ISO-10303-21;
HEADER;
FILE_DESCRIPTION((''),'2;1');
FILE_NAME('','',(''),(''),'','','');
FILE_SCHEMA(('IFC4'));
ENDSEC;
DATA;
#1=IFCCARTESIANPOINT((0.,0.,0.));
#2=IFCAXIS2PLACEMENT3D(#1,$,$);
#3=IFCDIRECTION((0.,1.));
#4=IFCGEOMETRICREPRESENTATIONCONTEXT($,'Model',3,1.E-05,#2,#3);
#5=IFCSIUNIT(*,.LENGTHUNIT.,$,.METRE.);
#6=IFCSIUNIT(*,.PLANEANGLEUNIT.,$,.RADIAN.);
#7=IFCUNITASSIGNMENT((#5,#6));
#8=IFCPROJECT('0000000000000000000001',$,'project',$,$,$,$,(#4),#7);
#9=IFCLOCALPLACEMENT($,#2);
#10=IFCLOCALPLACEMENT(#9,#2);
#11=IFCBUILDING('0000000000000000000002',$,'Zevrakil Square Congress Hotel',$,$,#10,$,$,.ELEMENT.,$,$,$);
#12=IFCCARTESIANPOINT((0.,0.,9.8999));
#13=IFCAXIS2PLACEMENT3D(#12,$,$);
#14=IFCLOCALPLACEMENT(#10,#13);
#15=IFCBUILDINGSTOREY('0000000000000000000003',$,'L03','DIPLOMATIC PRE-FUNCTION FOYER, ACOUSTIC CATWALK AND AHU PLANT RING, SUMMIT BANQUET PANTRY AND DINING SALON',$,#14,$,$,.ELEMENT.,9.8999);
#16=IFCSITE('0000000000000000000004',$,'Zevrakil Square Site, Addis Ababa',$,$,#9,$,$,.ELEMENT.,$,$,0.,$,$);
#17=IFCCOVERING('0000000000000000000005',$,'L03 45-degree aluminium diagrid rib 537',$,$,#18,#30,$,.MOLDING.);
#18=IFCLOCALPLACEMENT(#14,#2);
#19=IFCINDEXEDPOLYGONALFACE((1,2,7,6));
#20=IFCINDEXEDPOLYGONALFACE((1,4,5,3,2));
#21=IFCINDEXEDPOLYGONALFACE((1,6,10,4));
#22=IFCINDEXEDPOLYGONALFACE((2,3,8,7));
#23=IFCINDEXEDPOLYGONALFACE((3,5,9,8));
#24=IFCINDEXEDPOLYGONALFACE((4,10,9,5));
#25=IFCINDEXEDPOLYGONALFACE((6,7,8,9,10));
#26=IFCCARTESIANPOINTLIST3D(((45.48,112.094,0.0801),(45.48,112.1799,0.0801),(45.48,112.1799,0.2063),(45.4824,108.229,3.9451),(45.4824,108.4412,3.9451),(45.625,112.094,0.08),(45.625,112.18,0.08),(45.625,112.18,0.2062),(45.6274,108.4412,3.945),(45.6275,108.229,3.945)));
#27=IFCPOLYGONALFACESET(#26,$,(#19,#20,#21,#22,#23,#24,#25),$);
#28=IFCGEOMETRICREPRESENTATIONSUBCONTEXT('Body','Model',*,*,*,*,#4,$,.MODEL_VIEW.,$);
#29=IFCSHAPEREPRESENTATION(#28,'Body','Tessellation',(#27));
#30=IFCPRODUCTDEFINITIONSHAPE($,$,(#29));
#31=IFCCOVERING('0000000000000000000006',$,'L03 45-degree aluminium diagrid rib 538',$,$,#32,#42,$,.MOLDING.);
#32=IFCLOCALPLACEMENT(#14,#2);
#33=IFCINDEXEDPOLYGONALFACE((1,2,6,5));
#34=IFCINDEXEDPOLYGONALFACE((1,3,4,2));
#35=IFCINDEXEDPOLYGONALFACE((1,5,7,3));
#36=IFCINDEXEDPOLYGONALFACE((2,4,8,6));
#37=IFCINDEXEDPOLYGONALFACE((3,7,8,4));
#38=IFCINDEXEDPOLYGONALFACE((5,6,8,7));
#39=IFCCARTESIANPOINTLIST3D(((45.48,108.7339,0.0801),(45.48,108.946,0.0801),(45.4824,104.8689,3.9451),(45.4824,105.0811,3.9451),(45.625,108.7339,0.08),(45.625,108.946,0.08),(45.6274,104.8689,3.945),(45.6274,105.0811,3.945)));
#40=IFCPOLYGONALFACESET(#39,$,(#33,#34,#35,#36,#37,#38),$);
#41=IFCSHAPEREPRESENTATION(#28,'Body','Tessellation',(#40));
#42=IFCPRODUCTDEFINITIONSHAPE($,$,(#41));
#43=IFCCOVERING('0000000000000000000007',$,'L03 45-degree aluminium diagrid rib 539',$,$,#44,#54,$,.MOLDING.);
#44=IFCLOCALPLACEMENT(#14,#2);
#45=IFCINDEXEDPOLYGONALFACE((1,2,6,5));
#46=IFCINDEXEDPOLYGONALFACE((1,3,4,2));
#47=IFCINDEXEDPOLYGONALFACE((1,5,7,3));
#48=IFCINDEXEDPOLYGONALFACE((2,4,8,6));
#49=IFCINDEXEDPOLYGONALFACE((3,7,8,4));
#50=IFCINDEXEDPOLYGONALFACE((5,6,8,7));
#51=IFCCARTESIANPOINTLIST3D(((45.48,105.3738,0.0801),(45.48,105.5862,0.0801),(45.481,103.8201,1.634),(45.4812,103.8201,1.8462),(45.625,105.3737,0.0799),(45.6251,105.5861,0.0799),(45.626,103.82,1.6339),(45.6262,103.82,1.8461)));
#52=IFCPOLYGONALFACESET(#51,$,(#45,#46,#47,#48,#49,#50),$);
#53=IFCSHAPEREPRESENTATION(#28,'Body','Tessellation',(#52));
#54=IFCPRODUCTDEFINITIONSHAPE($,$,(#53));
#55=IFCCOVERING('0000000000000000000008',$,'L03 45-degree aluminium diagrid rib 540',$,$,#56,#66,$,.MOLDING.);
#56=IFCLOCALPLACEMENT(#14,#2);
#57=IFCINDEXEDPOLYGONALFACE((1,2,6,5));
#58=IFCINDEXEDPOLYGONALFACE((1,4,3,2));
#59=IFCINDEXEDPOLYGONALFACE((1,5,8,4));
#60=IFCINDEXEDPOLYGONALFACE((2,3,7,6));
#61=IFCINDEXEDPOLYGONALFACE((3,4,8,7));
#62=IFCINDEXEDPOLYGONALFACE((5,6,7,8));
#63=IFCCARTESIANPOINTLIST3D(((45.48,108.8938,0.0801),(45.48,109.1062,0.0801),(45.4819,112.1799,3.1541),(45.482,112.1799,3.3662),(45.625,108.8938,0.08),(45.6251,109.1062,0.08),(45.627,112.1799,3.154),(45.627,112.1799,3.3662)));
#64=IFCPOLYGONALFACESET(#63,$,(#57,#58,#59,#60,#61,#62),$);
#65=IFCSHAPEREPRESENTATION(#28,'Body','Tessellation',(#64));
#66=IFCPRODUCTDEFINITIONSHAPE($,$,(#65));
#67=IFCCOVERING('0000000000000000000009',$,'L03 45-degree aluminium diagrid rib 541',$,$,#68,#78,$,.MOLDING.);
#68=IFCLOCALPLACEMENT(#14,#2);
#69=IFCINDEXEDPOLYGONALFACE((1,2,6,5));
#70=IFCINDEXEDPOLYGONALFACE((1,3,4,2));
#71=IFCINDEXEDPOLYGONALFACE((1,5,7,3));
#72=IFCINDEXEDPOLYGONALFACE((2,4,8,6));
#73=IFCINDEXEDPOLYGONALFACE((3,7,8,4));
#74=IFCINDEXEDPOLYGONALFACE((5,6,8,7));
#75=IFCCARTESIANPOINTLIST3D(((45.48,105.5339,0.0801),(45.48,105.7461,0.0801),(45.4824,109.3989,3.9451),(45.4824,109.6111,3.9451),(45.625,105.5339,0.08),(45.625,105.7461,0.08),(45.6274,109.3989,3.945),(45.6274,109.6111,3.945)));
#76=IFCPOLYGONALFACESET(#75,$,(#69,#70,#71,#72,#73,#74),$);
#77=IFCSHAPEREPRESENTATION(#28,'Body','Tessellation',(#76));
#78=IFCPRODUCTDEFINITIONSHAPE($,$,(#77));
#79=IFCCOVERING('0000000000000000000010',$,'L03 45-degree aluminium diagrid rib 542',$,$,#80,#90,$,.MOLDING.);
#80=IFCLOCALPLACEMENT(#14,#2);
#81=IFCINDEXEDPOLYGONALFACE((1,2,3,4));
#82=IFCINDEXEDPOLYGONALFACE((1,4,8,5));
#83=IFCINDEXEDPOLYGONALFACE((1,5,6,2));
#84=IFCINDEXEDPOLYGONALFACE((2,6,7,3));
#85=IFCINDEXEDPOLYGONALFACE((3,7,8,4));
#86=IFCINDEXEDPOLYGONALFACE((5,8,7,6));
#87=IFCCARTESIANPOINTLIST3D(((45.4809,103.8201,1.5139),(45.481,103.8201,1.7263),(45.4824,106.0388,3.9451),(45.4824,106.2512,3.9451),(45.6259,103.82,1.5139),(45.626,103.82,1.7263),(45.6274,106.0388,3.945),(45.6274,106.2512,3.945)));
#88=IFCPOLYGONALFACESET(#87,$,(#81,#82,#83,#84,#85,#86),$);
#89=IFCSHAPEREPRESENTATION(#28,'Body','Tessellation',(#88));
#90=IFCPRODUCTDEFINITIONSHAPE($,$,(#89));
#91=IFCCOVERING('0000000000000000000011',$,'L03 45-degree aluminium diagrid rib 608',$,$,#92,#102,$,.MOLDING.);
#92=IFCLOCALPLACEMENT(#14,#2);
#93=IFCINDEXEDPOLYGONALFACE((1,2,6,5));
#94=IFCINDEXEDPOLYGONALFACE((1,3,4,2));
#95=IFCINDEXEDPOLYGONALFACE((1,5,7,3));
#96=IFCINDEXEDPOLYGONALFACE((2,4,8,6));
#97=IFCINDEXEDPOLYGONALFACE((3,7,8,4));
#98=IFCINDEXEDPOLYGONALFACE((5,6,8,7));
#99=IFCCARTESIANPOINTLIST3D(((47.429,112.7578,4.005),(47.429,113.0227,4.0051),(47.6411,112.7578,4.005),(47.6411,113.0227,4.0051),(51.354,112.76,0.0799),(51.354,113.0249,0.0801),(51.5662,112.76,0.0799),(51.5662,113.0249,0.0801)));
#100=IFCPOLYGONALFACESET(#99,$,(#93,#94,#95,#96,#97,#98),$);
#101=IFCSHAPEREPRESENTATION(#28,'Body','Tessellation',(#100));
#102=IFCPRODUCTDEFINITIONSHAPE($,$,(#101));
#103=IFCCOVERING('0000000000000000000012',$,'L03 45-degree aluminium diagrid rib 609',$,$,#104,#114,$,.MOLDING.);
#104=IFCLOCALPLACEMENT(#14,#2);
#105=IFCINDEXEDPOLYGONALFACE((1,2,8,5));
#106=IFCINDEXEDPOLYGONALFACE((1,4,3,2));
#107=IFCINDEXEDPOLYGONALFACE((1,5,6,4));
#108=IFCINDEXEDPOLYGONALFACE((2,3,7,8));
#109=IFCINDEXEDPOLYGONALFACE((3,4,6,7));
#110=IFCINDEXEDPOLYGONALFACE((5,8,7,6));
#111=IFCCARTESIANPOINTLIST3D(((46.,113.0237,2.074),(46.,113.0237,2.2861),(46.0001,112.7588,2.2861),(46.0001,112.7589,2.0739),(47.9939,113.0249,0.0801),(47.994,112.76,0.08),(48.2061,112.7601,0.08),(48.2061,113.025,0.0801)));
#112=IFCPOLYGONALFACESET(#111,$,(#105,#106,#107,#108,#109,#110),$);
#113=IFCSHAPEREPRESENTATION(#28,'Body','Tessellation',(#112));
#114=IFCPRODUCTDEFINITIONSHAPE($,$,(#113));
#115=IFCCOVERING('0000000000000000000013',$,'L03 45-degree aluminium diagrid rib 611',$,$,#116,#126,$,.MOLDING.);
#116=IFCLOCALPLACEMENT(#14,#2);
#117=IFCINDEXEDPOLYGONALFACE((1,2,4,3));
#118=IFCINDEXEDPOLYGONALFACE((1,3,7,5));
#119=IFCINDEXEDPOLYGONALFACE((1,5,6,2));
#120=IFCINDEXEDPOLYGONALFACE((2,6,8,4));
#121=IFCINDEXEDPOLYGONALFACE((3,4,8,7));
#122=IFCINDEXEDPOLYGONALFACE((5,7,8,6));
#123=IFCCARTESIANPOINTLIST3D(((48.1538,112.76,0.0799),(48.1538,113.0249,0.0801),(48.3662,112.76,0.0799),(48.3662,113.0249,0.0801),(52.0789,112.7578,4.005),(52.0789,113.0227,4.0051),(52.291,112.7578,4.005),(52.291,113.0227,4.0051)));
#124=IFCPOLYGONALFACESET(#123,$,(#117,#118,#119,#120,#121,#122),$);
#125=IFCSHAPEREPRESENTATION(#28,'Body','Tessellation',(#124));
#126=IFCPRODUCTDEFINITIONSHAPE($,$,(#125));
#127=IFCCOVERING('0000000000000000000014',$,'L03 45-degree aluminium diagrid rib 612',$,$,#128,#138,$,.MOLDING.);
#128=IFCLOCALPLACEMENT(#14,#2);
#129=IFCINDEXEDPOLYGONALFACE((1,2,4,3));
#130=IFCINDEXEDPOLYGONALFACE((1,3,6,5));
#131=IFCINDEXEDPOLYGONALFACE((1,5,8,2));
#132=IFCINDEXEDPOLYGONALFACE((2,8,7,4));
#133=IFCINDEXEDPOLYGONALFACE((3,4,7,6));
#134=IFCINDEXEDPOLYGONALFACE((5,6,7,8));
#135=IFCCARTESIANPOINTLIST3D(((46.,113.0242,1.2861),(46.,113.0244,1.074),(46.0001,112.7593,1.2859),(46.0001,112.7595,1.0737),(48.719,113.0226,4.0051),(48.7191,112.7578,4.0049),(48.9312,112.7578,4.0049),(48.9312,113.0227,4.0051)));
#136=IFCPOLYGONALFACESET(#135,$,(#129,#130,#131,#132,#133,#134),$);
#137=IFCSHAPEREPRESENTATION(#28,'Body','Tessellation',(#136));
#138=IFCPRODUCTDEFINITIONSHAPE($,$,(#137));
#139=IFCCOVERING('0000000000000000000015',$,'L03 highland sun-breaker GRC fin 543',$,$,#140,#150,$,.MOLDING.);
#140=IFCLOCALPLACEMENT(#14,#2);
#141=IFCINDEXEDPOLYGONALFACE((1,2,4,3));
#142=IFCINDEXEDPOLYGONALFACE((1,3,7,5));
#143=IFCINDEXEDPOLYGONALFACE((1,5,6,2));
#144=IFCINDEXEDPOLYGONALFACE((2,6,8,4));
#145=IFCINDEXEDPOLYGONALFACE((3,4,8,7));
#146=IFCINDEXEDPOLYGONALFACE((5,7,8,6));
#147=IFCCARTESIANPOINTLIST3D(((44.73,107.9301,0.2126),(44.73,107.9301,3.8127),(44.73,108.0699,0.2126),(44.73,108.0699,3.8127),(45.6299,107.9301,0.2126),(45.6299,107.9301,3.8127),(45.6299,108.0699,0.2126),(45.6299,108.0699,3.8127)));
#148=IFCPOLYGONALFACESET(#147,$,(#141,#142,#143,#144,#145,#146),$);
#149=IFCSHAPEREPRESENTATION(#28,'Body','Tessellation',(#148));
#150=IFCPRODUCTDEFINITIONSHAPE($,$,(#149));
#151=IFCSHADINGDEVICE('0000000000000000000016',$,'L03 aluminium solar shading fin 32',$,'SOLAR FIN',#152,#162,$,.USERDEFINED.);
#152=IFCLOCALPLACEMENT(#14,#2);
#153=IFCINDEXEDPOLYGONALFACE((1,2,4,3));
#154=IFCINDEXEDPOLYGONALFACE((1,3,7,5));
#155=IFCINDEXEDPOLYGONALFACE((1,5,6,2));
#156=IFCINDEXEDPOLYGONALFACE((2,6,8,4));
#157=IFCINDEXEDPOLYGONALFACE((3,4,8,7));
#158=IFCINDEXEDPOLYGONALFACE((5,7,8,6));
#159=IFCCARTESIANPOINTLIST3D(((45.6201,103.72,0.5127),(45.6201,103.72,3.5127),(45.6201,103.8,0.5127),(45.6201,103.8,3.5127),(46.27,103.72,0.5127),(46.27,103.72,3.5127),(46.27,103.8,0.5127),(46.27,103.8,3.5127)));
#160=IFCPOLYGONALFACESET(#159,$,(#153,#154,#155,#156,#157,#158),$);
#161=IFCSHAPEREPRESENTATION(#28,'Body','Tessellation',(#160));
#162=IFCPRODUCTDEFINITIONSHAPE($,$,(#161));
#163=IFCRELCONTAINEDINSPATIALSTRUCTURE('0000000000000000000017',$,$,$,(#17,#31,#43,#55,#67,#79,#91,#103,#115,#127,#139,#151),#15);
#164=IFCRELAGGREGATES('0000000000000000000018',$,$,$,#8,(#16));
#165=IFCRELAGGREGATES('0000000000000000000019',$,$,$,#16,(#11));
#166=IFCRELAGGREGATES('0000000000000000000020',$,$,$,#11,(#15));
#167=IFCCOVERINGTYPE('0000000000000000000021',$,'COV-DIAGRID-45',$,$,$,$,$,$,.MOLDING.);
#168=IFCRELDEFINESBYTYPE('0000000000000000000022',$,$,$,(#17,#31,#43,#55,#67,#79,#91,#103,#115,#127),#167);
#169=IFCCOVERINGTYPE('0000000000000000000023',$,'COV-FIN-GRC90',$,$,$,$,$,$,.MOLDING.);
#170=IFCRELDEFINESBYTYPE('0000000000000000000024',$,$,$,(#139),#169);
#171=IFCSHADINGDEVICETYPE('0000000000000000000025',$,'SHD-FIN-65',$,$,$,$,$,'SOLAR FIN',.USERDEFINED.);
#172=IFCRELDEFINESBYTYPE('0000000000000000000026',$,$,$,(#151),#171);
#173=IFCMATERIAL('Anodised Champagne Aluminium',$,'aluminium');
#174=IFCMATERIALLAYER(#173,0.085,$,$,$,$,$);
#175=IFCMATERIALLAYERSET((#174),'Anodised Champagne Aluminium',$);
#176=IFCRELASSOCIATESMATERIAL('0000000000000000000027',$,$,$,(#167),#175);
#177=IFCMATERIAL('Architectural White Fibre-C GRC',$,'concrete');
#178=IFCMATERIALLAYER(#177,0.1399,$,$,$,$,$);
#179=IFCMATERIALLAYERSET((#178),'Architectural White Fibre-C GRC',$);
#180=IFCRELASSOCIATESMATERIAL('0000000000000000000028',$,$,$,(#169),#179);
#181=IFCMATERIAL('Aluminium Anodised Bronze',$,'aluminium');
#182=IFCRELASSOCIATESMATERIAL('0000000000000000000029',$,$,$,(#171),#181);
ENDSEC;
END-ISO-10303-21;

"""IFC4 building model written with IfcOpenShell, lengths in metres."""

from ifc_helpers import new_model, si_unit, direction, frame, origin, origin_2d, place, context, subcontext, project, spatial, polyline, rectangle, outline, extrude, material, layer, layer_set, type_object, element, save


model = new_model("IFC4")

# Units and contexts
model_context = context("Model", 3, precision=1e-05, world=origin(), true_north=direction((0.0, 1.0)))
body_context = subcontext(model_context, "Body", "Model", "MODEL_VIEW")
ifc_project = project(units=[si_unit("LENGTHUNIT", "METRE"), si_unit("PLANEANGLEUNIT", "RADIAN")], contexts=[model_context])

# Site, building, storey
site_placement = place(None, origin())
site = spatial("IfcSite", under=ifc_project, at=site_placement, Name="Zevrakil Square Site, Addis Ababa", CompositionType="ELEMENT", RefElevation=0.0)
building_placement = place(site_placement, origin())
building = spatial("IfcBuilding", under=site, at=building_placement, Name="Zevrakil Square Congress Hotel", CompositionType="ELEMENT")
storey_placement = place(building_placement, frame((0.0, 0.0, 9.8999)))
storey = spatial("IfcBuildingStorey", under=building, at=storey_placement, Name="L03", Description="DIPLOMATIC PRE-FUNCTION FOYER, ACOUSTIC CATWALK AND AHU PLANT RING, SUMMIT BANQUET PANTRY AND DINING SALON", CompositionType="ELEMENT", Elevation=9.8999)

# Coverings
ifc_material_1 = material(Name="Anodised Champagne Aluminium", Category="aluminium")
ifc_layer_1 = layer(ifc_material_1, 0.085)
ifc_layer_set_1 = layer_set([ifc_layer_1], Name="Anodised Champagne Aluminium")
covering_type_1 = type_object("IfcCoveringType", Name="COV-DIAGRID-45", PredefinedType="MOLDING", material=ifc_layer_set_1)
covering_1_placement = place(storey_placement, frame((45.48, 112.094, 0.0801), z_axis=(-1.0, -0.00019, 0.000448), x_axis=(-0.00019, 1.0, 0.0)))
element("IfcCovering", 1, at=covering_1_placement, inside=storey, type_object=covering_type_1, Name="L03 45-degree aluminium diagrid rib 537", PredefinedType="MOLDING", context=body_context, shape_type="SweptSolid", body=[
    extrude(outline(polyline([(0.0, 0.0), (0.0859, 0.0), (0.0859, -0.1262), (-3.6528, -3.865), (-3.865, -3.865), (0.0, 0.0)])), origin(), (0.0, 0.0, -1.0), 0.145),
])
covering_2_placement = place(storey_placement, frame((45.48, 108.7339, 0.0801), z_axis=(-1.0, 0.0, 0.000632), x_axis=(0.0, 1.0, 0.0)))
element("IfcCovering", 2, at=covering_2_placement, inside=storey, type_object=covering_type_1, Name="L03 45-degree aluminium diagrid rib 538", PredefinedType="MOLDING", context=body_context, shape_type="SweptSolid", body=[
    extrude(outline(polyline([(0.0, 0.0), (0.2122, 0.0), (-3.6528, -3.865), (-3.865, -3.865), (0.0, 0.0)])), origin(), (0.0, 0.0, -1.0), 0.145),
])
covering_3_placement = place(storey_placement, frame((45.48, 105.3738, 0.0801), z_axis=(-1.0, 0.000244, 0.000906), x_axis=(0.000244, 1.0, 0.0)))
element("IfcCovering", 3, at=covering_3_placement, inside=storey, type_object=covering_type_1, Name="L03 45-degree aluminium diagrid rib 539", PredefinedType="MOLDING", context=body_context, shape_type="SweptSolid", body=[
    extrude(outline(polyline([(0.0, 0.0), (0.2124, 0.0), (-1.5537, -1.7661), (-1.5537, -1.554), (0.0, 0.0)])), origin(), (0.0, 0.0, -1.0), 0.145),
])
covering_4_placement = place(storey_placement, frame((45.4819, 112.1799, 3.1541), z_axis=(-1.0, 0.000307, 0.000307), x_axis=(0.000307, 0.0, 1.0)))
element("IfcCovering", 4, at=covering_4_placement, inside=storey, type_object=covering_type_1, Name="L03 45-degree aluminium diagrid rib 540", PredefinedType="MOLDING", context=body_context, shape_type="SweptSolid", body=[
    extrude(outline(polyline([(0.0, 0.0), (0.2122, 0.0), (-3.074, -3.2861), (-3.074, -3.0737), (0.0, 0.0)])), origin(), (0.0, 0.0, -1.0), 0.145),
])
covering_5_placement = place(storey_placement, frame((45.4824, 109.6111, 3.9451), z_axis=(-1.0, 0.0, 0.000632), x_axis=(0.0, -1.0, 0.0)))
element("IfcCovering", 5, at=covering_5_placement, inside=storey, type_object=covering_type_1, Name="L03 45-degree aluminium diagrid rib 541", PredefinedType="MOLDING", context=body_context, shape_type="SweptSolid", body=[
    extrude(outline(polyline([(0.0, 0.0), (0.2122, 0.0), (4.0771, -3.865), (3.865, -3.865), (0.0, 0.0)])), origin(), (0.0, 0.0, -1.0), 0.145),
])
covering_6_placement = place(storey_placement, frame((45.4824, 106.2512, 3.9451), z_axis=(-1.0, 0.000315, 0.000315), x_axis=(-0.000315, -1.0, 0.0)))
element("IfcCovering", 6, at=covering_6_placement, inside=storey, type_object=covering_type_1, Name="L03 45-degree aluminium diagrid rib 542", PredefinedType="MOLDING", context=body_context, shape_type="SweptSolid", body=[
    extrude(outline(polyline([(0.0, 0.0), (0.2124, 0.0), (2.4312, -2.2188), (2.4312, -2.4312), (0.0, 0.0)])), origin(), (0.0, 0.0, -1.0), 0.145),
])
covering_7_placement = place(storey_placement, frame((51.354, 113.0249, 0.0801), z_axis=(0.0, 1.0, 0.00056), x_axis=(1.0, 0.0, 0.0)))
element("IfcCovering", 7, at=covering_7_placement, inside=storey, type_object=covering_type_1, Name="L03 45-degree aluminium diagrid rib 608", PredefinedType="MOLDING", context=body_context, shape_type="SweptSolid", body=[
    extrude(outline(polyline([(0.0, 0.0), (0.2122, 0.0), (-3.7129, -3.925), (-3.925, -3.925), (0.0, 0.0)])), origin(), (0.0, 0.0, -1.0), 0.2649),
])
covering_8_placement = place(storey_placement, frame((47.9939, 113.0249, 0.0801), z_axis=(-0.000291, 1.0, 0.000291), x_axis=(1.0, 0.000291, 0.0)))
element("IfcCovering", 8, at=covering_8_placement, inside=storey, type_object=covering_type_1, Name="L03 45-degree aluminium diagrid rib 609", PredefinedType="MOLDING", context=body_context, shape_type="SweptSolid", body=[
    extrude(outline(polyline([(0.0, 0.0), (0.2122, 0.0), (-1.9939, -2.2061), (-1.9939, -1.9939), (0.0, 0.0)])), origin(), (0.0, 0.0, -1.0), 0.2649),
])
covering_9_placement = place(storey_placement, frame((52.291, 113.0227, 4.0051), z_axis=(0.0, 1.0, 0.00056), x_axis=(-1.0, 0.0, 0.0)))
element("IfcCovering", 9, at=covering_9_placement, inside=storey, type_object=covering_type_1, Name="L03 45-degree aluminium diagrid rib 611", PredefinedType="MOLDING", context=body_context, shape_type="SweptSolid", body=[
    extrude(outline(polyline([(0.0, 0.0), (0.2122, 0.0), (4.1372, -3.925), (3.9248, -3.925), (0.0, 0.0)])), origin(), (0.0, 0.0, -1.0), 0.2649),
])
covering_10_placement = place(storey_placement, frame((48.9312, 113.0227, 4.0051), z_axis=(-0.000295, 1.0, 0.000856), x_axis=(-1.0, -0.000295, 0.0)))
element("IfcCovering", 10, at=covering_10_placement, inside=storey, type_object=covering_type_1, Name="L03 45-degree aluminium diagrid rib 612", PredefinedType="MOLDING", context=body_context, shape_type="SweptSolid", body=[
    extrude(outline(polyline([(0.0, 0.0), (0.2122, 0.0), (2.9312, -2.719), (2.9312, -2.9312), (0.0, 0.0)])), origin(), (0.0, 0.0, -1.0), 0.2649),
])
ifc_material_2 = material(Name="Architectural White Fibre-C GRC", Category="concrete")
ifc_layer_2 = layer(ifc_material_2, 0.1399)
ifc_layer_set_2 = layer_set([ifc_layer_2], Name="Architectural White Fibre-C GRC")
covering_type_2 = type_object("IfcCoveringType", Name="COV-FIN-GRC90", PredefinedType="MOLDING", material=ifc_layer_set_2)
covering_11_placement = place(storey_placement, frame((45.1799, 108.0, 0.2126), z_axis=(0.0, 0.0, 1.0), x_axis=(-1.0, 0.0, 0.0)))
element("IfcCovering", 11, at=covering_11_placement, inside=storey, type_object=covering_type_2, Name="L03 highland sun-breaker GRC fin 543", PredefinedType="MOLDING", context=body_context, shape_type="SweptSolid", body=[
    extrude(rectangle(XDim=0.8999, YDim=0.1399, at=origin_2d()), origin(), (0.0, 0.0, 1.0), 3.6001),
])

# Shading device
ifc_material_3 = material(Name="Aluminium Anodised Bronze", Category="aluminium")
shading_device_type = type_object("IfcShadingDeviceType", Name="SHD-FIN-65", ElementType="SOLAR FIN", PredefinedType="USERDEFINED", material=ifc_material_3)
shading_device_placement = place(storey_placement, frame((45.9451, 103.76, 0.5127), z_axis=(0.0, 0.0, 1.0), x_axis=(1.0, 0.0, 0.0)))
element("IfcShadingDevice", 12, at=shading_device_placement, inside=storey, type_object=shading_device_type, Name="L03 aluminium solar shading fin 32", ObjectType="SOLAR FIN", PredefinedType="USERDEFINED", context=body_context, shape_type="SweptSolid", body=[
    extrude(rectangle(XDim=0.6499, YDim=0.0801, at=origin_2d()), origin(), (0.0, 0.0, 1.0), 3.0),
])

save(model, "model.ifc")
